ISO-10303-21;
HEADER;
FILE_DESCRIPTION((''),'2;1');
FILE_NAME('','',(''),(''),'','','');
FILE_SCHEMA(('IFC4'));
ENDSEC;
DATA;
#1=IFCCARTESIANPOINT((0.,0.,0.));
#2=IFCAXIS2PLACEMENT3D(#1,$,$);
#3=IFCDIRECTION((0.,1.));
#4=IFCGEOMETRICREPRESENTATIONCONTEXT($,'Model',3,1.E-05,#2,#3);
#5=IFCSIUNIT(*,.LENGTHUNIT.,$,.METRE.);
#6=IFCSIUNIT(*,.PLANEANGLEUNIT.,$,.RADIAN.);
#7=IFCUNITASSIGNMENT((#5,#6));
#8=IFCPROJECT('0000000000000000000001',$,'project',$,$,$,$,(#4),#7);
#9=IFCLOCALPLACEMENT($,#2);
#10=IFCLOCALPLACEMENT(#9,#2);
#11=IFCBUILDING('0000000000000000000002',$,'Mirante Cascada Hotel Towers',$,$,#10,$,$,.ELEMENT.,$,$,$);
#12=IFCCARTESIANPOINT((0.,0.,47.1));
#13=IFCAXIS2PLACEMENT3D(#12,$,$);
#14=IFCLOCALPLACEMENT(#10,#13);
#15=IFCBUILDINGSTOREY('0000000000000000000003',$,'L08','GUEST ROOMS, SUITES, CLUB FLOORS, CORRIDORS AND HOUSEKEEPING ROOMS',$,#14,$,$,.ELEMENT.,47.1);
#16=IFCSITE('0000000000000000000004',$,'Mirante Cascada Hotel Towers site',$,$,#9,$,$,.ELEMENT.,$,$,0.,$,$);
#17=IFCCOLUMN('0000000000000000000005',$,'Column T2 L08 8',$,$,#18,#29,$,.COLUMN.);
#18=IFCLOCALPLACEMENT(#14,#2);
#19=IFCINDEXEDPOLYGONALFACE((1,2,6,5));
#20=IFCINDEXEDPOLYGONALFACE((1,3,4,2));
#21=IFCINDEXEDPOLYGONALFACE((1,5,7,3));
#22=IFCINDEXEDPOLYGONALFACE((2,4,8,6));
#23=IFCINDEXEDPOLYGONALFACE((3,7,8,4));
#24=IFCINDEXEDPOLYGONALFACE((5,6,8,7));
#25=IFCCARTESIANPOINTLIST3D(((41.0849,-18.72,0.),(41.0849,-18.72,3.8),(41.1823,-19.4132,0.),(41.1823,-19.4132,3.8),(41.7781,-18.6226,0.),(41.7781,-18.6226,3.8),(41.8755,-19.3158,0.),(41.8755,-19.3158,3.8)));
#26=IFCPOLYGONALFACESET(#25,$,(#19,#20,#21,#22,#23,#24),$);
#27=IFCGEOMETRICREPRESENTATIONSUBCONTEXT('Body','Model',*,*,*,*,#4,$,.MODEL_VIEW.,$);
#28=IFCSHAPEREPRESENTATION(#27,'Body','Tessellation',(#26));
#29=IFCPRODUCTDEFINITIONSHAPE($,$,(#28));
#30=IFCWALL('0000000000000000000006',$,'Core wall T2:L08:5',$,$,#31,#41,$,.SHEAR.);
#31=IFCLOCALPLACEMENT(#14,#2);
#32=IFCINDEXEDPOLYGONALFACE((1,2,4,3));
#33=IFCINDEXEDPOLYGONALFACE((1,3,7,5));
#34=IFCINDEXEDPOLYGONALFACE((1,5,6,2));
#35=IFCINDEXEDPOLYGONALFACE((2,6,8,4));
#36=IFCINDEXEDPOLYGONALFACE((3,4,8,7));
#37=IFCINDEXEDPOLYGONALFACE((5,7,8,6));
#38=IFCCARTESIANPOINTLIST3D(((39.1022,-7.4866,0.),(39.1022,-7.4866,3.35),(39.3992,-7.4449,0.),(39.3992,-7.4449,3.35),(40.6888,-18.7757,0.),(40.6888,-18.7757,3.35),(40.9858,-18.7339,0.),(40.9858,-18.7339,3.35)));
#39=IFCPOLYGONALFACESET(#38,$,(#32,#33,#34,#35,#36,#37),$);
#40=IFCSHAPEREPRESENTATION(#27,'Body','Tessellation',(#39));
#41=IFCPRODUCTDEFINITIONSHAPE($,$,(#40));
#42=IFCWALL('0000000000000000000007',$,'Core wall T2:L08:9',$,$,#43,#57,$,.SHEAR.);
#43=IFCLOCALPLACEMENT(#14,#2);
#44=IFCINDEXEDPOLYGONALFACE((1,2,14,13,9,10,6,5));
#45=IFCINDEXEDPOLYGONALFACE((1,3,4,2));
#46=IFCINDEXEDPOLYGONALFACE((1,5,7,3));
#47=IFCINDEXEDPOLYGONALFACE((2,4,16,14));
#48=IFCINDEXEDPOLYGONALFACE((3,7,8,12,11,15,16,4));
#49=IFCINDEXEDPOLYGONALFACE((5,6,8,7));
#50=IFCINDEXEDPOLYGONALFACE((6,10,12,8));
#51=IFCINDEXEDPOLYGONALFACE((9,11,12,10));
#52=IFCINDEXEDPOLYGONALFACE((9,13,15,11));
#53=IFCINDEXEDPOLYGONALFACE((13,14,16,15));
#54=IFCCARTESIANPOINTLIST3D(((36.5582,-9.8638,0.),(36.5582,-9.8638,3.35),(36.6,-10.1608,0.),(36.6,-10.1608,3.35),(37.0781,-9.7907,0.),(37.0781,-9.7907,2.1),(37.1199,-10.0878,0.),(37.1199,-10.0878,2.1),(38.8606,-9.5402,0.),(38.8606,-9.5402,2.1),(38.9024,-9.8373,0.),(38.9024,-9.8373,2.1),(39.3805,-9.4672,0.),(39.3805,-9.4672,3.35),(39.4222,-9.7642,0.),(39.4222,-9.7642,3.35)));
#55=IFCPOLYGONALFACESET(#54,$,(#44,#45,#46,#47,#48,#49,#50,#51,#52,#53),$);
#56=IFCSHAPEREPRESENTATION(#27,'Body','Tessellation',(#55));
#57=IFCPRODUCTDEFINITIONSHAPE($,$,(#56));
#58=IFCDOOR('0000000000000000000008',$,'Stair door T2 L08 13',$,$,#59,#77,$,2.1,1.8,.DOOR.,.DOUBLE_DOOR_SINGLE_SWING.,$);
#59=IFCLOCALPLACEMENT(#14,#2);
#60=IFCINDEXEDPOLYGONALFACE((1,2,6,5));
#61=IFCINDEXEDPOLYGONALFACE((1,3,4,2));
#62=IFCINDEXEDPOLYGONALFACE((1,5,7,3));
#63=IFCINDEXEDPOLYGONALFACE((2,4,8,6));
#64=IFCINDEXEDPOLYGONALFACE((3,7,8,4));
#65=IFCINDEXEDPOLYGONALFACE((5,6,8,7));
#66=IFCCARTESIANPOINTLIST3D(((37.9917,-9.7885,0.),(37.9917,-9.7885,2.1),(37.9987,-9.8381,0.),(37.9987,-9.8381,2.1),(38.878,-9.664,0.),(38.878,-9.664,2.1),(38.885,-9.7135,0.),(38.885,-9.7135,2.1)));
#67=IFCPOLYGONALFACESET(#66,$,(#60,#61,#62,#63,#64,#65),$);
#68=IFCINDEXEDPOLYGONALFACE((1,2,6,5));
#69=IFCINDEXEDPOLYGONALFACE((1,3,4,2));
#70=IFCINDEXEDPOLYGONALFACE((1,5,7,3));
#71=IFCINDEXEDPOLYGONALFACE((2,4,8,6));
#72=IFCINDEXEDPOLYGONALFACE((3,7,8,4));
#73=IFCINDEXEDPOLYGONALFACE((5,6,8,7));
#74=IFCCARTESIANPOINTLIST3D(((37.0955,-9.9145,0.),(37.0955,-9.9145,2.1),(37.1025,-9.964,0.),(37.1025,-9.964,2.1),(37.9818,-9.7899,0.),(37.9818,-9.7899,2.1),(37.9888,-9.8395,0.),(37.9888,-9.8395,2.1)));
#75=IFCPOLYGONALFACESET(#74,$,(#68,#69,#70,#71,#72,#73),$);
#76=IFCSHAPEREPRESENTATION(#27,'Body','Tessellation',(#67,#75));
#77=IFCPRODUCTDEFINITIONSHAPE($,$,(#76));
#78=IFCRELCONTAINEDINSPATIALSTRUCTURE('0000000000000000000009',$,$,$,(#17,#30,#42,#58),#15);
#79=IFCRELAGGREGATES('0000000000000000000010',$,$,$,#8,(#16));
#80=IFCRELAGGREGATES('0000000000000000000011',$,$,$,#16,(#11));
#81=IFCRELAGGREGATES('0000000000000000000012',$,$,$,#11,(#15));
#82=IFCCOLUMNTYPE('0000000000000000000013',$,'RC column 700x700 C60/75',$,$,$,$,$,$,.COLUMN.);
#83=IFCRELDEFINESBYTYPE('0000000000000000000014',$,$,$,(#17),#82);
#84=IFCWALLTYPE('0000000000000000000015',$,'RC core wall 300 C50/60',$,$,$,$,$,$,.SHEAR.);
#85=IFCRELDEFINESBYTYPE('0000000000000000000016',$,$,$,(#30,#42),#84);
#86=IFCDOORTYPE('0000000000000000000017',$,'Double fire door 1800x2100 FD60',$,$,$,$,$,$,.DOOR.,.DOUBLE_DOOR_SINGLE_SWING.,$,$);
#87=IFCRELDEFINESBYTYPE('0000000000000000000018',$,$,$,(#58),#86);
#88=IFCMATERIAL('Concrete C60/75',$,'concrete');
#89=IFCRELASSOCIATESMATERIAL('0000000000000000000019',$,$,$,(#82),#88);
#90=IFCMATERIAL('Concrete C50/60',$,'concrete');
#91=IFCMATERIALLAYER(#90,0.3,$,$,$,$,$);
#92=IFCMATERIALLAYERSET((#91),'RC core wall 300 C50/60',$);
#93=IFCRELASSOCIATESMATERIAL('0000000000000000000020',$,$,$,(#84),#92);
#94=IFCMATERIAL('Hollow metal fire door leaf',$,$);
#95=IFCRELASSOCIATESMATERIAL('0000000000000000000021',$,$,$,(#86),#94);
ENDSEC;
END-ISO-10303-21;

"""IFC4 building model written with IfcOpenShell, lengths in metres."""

from ifc_helpers import new_model, si_unit, direction, frame, frame_2d, origin, origin_2d, place, context, subcontext, project, spatial, rectangle, extrude, material, layer, layer_set, material_profile, profile_set, type_object, element, fill, save


model = new_model("IFC4")

# Units and contexts
model_context = context("Model", 3, precision=1e-05, world=origin(), true_north=direction((0.0, 1.0)))
body_context = subcontext(model_context, "Body", "Model", "MODEL_VIEW")
ifc_project = project(units=[si_unit("LENGTHUNIT", "METRE"), si_unit("PLANEANGLEUNIT", "RADIAN")], contexts=[model_context])

# Site, building, storey
site_placement = place(None, origin())
site = spatial("IfcSite", under=ifc_project, at=site_placement, Name="Mirante Cascada Hotel Towers site", CompositionType="ELEMENT", RefElevation=0.0)
building_placement = place(site_placement, origin())
building = spatial("IfcBuilding", under=site, at=building_placement, Name="Mirante Cascada Hotel Towers", CompositionType="ELEMENT")
storey_placement = place(building_placement, frame((0.0, 0.0, 47.1)))
storey = spatial("IfcBuildingStorey", under=building, at=storey_placement, Name="L08", Description="GUEST ROOMS, SUITES, CLUB FLOORS, CORRIDORS AND HOUSEKEEPING ROOMS", CompositionType="ELEMENT", Elevation=47.1)

# Column
ifc_material_1 = material(Name="Concrete C60/75", Category="concrete")
ifc_material_profile = material_profile(ifc_material_1, rectangle(XDim=0.7, YDim=0.7, at=origin_2d()), Name="RC column 700x700 C60/75")
ifc_profile_set = profile_set([ifc_material_profile], Name="Concrete C60/75")
column_type = type_object("IfcColumnType", Name="RC column 700x700 C60/75", PredefinedType="COLUMN", material=ifc_profile_set)
column_placement = place(storey_placement, frame((41.4802, -19.0179, 0.0), z_axis=(0.0, 0.0, 1.0), x_axis=(0.990268, 0.139173, 0.0)))
element("IfcColumn", 1, at=column_placement, inside=storey, type_object=column_type, Name="Column T2 L08 8", PredefinedType="COLUMN", context=body_context, shape_type="SweptSolid", body=[
    extrude(rectangle(XDim=0.7, YDim=0.7, at=origin_2d()), origin(), (0.0, 0.0, 1.0), 3.8),
])

# Wall
ifc_material_2 = material(Name="Concrete C50/60", Category="concrete")
ifc_layer_1 = layer(ifc_material_2, 0.3)
ifc_layer_set_1 = layer_set([ifc_layer_1], Name="RC core wall 300 C50/60")
wall_type_1 = type_object("IfcWallType", Name="RC core wall 300 C50/60", PredefinedType="SHEAR", material=ifc_layer_set_1)
wall_1_placement = place(storey_placement, frame((40.8373, -18.7548, 0.0), z_axis=(0.0, 0.0, 1.0), x_axis=(-0.139175, 0.990268, 0.0)))
element("IfcWall", 2, at=wall_1_placement, inside=storey, type_object=wall_type_1, Name="Core wall T2:L08:5", PredefinedType="SHEAR", context=body_context, shape_type="SweptSolid", body=[
    extrude(rectangle(XDim=11.4, YDim=0.3, at=frame_2d((5.7, 0.0))), origin(), (0.0, 0.0, 1.0), 3.35),
])

# Wall, opening, door
wall_2_placement = place(storey_placement, frame((36.5791, -10.0123, 0.0), z_axis=(0.0, 0.0, 1.0), x_axis=(0.99027, 0.139156, 0.0)))
wall_2 = element("IfcWall", 3, at=wall_2_placement, inside=storey, type_object=wall_type_1, Name="Core wall T2:L08:9", PredefinedType="SHEAR", context=body_context, shape_type="SweptSolid", body=[
    extrude(rectangle(XDim=2.85, YDim=0.3, at=frame_2d((1.425, 0.0))), origin(), (0.0, 0.0, 1.0), 3.35),
])
opening_1_placement = place(wall_2_placement, frame((0.525, 0.0, 0.0)))
opening_1 = element("IfcOpeningElement", 4, at=opening_1_placement, cuts=wall_2, PredefinedType="OPENING", context=body_context, shape_type="SweptSolid", body=[
    extrude(rectangle(XDim=1.8, YDim=2.1, at=frame_2d((0.9, 1.05))), frame((0.0, 0.15, 0.0), z_axis=(0.0, -1.0, 0.0), x_axis=(1.0, 0.0, 0.0)), (0.0, 0.0, 1.0), 0.3),
])
ifc_material_3 = material(Name="Hollow metal fire door leaf")
door_type_1 = type_object("IfcDoorType", Name="Double fire door 1800x2100 FD60", OperationType="DOUBLE_DOOR_SINGLE_SWING", PredefinedType="DOOR", material=ifc_material_3)
door_1_placement = place(opening_1_placement, frame((1.8, 0.0, 0.0), z_axis=(0.0, 0.0, 1.0), x_axis=(-1.0, 0.0, 0.0)))
door_1 = element("IfcDoor", 5, at=door_1_placement, inside=storey, type_object=door_type_1, Name="Stair door T2 L08 13", OperationType="DOUBLE_DOOR_SINGLE_SWING", OverallHeight=2.1, OverallWidth=1.8, PredefinedType="DOOR", context=body_context, shape_type="SweptSolid", body=[
    extrude(rectangle(XDim=0.895, YDim=2.1, at=frame_2d((0.4475, 1.05))), frame((0.0, 0.025, 0.0), z_axis=(0.0, -1.0, 0.0), x_axis=(1.0, 0.0, 0.0)), (0.0, 0.0, 1.0), 0.05),
    extrude(rectangle(XDim=0.895, YDim=2.1, at=frame_2d((1.3525, 1.05))), frame((0.0, 0.025, 0.0), z_axis=(0.0, -1.0, 0.0), x_axis=(1.0, 0.0, 0.0)), (0.0, 0.0, 1.0), 0.05),
])
fill(opening_1, door_1)

save(model, "model.ifc")
